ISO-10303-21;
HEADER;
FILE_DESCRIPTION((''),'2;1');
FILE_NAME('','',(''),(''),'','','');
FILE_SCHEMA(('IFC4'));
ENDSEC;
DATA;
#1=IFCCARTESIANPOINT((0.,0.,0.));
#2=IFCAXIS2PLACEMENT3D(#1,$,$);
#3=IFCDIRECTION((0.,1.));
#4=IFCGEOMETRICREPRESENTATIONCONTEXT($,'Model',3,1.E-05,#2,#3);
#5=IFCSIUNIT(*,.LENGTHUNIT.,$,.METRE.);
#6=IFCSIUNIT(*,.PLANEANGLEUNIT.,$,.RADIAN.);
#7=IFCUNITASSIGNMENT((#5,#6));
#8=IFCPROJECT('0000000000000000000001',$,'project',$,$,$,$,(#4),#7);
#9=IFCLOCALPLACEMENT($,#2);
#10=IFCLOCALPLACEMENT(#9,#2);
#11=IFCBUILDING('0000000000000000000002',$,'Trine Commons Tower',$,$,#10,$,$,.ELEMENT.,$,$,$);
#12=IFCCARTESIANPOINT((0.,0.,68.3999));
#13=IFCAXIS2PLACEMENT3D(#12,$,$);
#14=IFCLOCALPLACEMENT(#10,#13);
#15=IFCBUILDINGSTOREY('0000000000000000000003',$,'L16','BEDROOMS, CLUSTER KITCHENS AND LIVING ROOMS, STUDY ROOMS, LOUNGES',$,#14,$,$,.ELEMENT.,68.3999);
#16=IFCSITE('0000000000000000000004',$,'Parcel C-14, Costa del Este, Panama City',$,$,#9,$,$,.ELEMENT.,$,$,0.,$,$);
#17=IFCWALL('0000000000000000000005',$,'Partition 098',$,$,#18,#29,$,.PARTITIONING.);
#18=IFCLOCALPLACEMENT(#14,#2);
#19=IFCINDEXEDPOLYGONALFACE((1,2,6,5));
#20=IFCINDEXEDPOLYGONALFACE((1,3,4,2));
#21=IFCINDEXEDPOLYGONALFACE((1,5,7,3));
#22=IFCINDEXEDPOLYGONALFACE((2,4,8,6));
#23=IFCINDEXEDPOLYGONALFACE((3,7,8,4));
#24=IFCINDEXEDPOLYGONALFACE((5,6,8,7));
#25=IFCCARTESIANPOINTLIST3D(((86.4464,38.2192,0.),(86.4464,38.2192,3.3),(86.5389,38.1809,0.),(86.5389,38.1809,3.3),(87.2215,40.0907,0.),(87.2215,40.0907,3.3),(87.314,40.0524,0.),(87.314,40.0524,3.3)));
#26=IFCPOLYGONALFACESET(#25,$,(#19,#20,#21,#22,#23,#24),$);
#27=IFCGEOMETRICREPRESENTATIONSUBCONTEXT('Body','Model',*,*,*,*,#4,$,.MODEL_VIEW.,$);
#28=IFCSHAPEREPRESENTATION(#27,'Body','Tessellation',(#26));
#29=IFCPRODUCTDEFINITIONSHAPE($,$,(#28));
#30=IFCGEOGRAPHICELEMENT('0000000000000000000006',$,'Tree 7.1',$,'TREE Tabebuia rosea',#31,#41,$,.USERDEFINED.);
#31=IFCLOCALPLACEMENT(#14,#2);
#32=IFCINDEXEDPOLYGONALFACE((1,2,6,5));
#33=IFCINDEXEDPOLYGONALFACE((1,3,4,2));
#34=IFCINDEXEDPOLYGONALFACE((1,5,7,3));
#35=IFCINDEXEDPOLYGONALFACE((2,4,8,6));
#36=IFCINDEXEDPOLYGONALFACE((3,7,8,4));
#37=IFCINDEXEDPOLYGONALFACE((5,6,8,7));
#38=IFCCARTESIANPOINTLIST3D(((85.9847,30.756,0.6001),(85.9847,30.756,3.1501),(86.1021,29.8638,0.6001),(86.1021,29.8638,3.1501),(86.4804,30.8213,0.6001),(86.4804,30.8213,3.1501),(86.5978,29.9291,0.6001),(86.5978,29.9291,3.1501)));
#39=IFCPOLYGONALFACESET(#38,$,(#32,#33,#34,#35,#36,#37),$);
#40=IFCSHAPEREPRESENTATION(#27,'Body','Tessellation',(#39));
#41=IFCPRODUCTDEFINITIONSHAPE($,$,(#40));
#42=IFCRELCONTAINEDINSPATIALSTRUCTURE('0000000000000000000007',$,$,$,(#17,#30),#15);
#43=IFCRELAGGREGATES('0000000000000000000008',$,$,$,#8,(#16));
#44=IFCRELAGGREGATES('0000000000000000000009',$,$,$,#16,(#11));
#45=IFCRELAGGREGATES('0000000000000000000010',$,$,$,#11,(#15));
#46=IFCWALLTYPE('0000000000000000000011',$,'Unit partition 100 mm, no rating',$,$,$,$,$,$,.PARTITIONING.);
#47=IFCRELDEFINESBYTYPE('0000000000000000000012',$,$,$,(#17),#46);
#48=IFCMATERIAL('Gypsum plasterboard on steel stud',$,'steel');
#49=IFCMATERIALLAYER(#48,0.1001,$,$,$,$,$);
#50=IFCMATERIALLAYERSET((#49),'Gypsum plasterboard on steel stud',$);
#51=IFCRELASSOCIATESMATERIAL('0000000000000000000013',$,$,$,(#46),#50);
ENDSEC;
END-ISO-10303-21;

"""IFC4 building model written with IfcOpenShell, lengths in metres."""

from ifc_helpers import new_model, si_unit, direction, frame, frame_2d, origin, origin_2d, place, context, subcontext, project, spatial, rectangle, extrude, material, layer, layer_set, type_object, element, save


model = new_model("IFC4")

# Units and contexts
model_context = context("Model", 3, precision=1e-05, world=origin(), true_north=direction((0.0, 1.0)))
body_context = subcontext(model_context, "Body", "Model", "MODEL_VIEW")
ifc_project = project(units=[si_unit("LENGTHUNIT", "METRE"), si_unit("PLANEANGLEUNIT", "RADIAN")], contexts=[model_context])

# Site, building, storey
site_placement = place(None, origin())
site = spatial("IfcSite", under=ifc_project, at=site_placement, Name="Parcel C-14, Costa del Este, Panama City", CompositionType="ELEMENT", RefElevation=0.0)
building_placement = place(site_placement, origin())
building = spatial("IfcBuilding", under=site, at=building_placement, Name="Trine Commons Tower", CompositionType="ELEMENT")
storey_placement = place(building_placement, frame((0.0, 0.0, 68.3999)))
storey = spatial("IfcBuildingStorey", under=building, at=storey_placement, Name="L16", Description="BEDROOMS, CLUSTER KITCHENS AND LIVING ROOMS, STUDY ROOMS, LOUNGES", CompositionType="ELEMENT", Elevation=68.3999)

# Shared definitions
ifc_material_1 = material(Name="Gypsum plasterboard on steel stud", Category="steel")

# Wall
ifc_layer_1 = layer(ifc_material_1, 0.1001)
ifc_layer_set_1 = layer_set([ifc_layer_1], Name="Gypsum plasterboard on steel stud")
wall_type_1 = type_object("IfcWallType", Name="Unit partition 100 mm, no rating", PredefinedType="PARTITIONING", material=ifc_layer_set_1)
wall_1_placement = place(storey_placement, frame((86.4927, 38.2002, 0.0), z_axis=(0.0, 0.0, 1.0), x_axis=(0.382646, 0.923895, 0.0)))
element("IfcWall", 1, at=wall_1_placement, inside=storey, type_object=wall_type_1, Name="Partition 098", PredefinedType="PARTITIONING", context=body_context, shape_type="SweptSolid", body=[
    extrude(rectangle(XDim=2.0256, YDim=0.1001, at=frame_2d((1.0127, 0.0))), origin(), (0.0, 0.0, 1.0), 3.3),
])

# Geographic element
geographic_element_placement = place(storey_placement, frame((86.2913, 30.3425, 0.6001), z_axis=(0.0, 0.0, 1.0), x_axis=(-0.130518, 0.991446, 0.0)))
element("IfcGeographicElement", 2, at=geographic_element_placement, inside=storey, Name="Tree 7.1", ObjectType="TREE Tabebuia rosea", PredefinedType="USERDEFINED", context=body_context, shape_type="SweptSolid", body=[
    extrude(rectangle(XDim=0.8999, YDim=0.5, at=origin_2d()), origin(), (0.0, 0.0, 1.0), 2.55),
])

save(model, "model.ifc")
